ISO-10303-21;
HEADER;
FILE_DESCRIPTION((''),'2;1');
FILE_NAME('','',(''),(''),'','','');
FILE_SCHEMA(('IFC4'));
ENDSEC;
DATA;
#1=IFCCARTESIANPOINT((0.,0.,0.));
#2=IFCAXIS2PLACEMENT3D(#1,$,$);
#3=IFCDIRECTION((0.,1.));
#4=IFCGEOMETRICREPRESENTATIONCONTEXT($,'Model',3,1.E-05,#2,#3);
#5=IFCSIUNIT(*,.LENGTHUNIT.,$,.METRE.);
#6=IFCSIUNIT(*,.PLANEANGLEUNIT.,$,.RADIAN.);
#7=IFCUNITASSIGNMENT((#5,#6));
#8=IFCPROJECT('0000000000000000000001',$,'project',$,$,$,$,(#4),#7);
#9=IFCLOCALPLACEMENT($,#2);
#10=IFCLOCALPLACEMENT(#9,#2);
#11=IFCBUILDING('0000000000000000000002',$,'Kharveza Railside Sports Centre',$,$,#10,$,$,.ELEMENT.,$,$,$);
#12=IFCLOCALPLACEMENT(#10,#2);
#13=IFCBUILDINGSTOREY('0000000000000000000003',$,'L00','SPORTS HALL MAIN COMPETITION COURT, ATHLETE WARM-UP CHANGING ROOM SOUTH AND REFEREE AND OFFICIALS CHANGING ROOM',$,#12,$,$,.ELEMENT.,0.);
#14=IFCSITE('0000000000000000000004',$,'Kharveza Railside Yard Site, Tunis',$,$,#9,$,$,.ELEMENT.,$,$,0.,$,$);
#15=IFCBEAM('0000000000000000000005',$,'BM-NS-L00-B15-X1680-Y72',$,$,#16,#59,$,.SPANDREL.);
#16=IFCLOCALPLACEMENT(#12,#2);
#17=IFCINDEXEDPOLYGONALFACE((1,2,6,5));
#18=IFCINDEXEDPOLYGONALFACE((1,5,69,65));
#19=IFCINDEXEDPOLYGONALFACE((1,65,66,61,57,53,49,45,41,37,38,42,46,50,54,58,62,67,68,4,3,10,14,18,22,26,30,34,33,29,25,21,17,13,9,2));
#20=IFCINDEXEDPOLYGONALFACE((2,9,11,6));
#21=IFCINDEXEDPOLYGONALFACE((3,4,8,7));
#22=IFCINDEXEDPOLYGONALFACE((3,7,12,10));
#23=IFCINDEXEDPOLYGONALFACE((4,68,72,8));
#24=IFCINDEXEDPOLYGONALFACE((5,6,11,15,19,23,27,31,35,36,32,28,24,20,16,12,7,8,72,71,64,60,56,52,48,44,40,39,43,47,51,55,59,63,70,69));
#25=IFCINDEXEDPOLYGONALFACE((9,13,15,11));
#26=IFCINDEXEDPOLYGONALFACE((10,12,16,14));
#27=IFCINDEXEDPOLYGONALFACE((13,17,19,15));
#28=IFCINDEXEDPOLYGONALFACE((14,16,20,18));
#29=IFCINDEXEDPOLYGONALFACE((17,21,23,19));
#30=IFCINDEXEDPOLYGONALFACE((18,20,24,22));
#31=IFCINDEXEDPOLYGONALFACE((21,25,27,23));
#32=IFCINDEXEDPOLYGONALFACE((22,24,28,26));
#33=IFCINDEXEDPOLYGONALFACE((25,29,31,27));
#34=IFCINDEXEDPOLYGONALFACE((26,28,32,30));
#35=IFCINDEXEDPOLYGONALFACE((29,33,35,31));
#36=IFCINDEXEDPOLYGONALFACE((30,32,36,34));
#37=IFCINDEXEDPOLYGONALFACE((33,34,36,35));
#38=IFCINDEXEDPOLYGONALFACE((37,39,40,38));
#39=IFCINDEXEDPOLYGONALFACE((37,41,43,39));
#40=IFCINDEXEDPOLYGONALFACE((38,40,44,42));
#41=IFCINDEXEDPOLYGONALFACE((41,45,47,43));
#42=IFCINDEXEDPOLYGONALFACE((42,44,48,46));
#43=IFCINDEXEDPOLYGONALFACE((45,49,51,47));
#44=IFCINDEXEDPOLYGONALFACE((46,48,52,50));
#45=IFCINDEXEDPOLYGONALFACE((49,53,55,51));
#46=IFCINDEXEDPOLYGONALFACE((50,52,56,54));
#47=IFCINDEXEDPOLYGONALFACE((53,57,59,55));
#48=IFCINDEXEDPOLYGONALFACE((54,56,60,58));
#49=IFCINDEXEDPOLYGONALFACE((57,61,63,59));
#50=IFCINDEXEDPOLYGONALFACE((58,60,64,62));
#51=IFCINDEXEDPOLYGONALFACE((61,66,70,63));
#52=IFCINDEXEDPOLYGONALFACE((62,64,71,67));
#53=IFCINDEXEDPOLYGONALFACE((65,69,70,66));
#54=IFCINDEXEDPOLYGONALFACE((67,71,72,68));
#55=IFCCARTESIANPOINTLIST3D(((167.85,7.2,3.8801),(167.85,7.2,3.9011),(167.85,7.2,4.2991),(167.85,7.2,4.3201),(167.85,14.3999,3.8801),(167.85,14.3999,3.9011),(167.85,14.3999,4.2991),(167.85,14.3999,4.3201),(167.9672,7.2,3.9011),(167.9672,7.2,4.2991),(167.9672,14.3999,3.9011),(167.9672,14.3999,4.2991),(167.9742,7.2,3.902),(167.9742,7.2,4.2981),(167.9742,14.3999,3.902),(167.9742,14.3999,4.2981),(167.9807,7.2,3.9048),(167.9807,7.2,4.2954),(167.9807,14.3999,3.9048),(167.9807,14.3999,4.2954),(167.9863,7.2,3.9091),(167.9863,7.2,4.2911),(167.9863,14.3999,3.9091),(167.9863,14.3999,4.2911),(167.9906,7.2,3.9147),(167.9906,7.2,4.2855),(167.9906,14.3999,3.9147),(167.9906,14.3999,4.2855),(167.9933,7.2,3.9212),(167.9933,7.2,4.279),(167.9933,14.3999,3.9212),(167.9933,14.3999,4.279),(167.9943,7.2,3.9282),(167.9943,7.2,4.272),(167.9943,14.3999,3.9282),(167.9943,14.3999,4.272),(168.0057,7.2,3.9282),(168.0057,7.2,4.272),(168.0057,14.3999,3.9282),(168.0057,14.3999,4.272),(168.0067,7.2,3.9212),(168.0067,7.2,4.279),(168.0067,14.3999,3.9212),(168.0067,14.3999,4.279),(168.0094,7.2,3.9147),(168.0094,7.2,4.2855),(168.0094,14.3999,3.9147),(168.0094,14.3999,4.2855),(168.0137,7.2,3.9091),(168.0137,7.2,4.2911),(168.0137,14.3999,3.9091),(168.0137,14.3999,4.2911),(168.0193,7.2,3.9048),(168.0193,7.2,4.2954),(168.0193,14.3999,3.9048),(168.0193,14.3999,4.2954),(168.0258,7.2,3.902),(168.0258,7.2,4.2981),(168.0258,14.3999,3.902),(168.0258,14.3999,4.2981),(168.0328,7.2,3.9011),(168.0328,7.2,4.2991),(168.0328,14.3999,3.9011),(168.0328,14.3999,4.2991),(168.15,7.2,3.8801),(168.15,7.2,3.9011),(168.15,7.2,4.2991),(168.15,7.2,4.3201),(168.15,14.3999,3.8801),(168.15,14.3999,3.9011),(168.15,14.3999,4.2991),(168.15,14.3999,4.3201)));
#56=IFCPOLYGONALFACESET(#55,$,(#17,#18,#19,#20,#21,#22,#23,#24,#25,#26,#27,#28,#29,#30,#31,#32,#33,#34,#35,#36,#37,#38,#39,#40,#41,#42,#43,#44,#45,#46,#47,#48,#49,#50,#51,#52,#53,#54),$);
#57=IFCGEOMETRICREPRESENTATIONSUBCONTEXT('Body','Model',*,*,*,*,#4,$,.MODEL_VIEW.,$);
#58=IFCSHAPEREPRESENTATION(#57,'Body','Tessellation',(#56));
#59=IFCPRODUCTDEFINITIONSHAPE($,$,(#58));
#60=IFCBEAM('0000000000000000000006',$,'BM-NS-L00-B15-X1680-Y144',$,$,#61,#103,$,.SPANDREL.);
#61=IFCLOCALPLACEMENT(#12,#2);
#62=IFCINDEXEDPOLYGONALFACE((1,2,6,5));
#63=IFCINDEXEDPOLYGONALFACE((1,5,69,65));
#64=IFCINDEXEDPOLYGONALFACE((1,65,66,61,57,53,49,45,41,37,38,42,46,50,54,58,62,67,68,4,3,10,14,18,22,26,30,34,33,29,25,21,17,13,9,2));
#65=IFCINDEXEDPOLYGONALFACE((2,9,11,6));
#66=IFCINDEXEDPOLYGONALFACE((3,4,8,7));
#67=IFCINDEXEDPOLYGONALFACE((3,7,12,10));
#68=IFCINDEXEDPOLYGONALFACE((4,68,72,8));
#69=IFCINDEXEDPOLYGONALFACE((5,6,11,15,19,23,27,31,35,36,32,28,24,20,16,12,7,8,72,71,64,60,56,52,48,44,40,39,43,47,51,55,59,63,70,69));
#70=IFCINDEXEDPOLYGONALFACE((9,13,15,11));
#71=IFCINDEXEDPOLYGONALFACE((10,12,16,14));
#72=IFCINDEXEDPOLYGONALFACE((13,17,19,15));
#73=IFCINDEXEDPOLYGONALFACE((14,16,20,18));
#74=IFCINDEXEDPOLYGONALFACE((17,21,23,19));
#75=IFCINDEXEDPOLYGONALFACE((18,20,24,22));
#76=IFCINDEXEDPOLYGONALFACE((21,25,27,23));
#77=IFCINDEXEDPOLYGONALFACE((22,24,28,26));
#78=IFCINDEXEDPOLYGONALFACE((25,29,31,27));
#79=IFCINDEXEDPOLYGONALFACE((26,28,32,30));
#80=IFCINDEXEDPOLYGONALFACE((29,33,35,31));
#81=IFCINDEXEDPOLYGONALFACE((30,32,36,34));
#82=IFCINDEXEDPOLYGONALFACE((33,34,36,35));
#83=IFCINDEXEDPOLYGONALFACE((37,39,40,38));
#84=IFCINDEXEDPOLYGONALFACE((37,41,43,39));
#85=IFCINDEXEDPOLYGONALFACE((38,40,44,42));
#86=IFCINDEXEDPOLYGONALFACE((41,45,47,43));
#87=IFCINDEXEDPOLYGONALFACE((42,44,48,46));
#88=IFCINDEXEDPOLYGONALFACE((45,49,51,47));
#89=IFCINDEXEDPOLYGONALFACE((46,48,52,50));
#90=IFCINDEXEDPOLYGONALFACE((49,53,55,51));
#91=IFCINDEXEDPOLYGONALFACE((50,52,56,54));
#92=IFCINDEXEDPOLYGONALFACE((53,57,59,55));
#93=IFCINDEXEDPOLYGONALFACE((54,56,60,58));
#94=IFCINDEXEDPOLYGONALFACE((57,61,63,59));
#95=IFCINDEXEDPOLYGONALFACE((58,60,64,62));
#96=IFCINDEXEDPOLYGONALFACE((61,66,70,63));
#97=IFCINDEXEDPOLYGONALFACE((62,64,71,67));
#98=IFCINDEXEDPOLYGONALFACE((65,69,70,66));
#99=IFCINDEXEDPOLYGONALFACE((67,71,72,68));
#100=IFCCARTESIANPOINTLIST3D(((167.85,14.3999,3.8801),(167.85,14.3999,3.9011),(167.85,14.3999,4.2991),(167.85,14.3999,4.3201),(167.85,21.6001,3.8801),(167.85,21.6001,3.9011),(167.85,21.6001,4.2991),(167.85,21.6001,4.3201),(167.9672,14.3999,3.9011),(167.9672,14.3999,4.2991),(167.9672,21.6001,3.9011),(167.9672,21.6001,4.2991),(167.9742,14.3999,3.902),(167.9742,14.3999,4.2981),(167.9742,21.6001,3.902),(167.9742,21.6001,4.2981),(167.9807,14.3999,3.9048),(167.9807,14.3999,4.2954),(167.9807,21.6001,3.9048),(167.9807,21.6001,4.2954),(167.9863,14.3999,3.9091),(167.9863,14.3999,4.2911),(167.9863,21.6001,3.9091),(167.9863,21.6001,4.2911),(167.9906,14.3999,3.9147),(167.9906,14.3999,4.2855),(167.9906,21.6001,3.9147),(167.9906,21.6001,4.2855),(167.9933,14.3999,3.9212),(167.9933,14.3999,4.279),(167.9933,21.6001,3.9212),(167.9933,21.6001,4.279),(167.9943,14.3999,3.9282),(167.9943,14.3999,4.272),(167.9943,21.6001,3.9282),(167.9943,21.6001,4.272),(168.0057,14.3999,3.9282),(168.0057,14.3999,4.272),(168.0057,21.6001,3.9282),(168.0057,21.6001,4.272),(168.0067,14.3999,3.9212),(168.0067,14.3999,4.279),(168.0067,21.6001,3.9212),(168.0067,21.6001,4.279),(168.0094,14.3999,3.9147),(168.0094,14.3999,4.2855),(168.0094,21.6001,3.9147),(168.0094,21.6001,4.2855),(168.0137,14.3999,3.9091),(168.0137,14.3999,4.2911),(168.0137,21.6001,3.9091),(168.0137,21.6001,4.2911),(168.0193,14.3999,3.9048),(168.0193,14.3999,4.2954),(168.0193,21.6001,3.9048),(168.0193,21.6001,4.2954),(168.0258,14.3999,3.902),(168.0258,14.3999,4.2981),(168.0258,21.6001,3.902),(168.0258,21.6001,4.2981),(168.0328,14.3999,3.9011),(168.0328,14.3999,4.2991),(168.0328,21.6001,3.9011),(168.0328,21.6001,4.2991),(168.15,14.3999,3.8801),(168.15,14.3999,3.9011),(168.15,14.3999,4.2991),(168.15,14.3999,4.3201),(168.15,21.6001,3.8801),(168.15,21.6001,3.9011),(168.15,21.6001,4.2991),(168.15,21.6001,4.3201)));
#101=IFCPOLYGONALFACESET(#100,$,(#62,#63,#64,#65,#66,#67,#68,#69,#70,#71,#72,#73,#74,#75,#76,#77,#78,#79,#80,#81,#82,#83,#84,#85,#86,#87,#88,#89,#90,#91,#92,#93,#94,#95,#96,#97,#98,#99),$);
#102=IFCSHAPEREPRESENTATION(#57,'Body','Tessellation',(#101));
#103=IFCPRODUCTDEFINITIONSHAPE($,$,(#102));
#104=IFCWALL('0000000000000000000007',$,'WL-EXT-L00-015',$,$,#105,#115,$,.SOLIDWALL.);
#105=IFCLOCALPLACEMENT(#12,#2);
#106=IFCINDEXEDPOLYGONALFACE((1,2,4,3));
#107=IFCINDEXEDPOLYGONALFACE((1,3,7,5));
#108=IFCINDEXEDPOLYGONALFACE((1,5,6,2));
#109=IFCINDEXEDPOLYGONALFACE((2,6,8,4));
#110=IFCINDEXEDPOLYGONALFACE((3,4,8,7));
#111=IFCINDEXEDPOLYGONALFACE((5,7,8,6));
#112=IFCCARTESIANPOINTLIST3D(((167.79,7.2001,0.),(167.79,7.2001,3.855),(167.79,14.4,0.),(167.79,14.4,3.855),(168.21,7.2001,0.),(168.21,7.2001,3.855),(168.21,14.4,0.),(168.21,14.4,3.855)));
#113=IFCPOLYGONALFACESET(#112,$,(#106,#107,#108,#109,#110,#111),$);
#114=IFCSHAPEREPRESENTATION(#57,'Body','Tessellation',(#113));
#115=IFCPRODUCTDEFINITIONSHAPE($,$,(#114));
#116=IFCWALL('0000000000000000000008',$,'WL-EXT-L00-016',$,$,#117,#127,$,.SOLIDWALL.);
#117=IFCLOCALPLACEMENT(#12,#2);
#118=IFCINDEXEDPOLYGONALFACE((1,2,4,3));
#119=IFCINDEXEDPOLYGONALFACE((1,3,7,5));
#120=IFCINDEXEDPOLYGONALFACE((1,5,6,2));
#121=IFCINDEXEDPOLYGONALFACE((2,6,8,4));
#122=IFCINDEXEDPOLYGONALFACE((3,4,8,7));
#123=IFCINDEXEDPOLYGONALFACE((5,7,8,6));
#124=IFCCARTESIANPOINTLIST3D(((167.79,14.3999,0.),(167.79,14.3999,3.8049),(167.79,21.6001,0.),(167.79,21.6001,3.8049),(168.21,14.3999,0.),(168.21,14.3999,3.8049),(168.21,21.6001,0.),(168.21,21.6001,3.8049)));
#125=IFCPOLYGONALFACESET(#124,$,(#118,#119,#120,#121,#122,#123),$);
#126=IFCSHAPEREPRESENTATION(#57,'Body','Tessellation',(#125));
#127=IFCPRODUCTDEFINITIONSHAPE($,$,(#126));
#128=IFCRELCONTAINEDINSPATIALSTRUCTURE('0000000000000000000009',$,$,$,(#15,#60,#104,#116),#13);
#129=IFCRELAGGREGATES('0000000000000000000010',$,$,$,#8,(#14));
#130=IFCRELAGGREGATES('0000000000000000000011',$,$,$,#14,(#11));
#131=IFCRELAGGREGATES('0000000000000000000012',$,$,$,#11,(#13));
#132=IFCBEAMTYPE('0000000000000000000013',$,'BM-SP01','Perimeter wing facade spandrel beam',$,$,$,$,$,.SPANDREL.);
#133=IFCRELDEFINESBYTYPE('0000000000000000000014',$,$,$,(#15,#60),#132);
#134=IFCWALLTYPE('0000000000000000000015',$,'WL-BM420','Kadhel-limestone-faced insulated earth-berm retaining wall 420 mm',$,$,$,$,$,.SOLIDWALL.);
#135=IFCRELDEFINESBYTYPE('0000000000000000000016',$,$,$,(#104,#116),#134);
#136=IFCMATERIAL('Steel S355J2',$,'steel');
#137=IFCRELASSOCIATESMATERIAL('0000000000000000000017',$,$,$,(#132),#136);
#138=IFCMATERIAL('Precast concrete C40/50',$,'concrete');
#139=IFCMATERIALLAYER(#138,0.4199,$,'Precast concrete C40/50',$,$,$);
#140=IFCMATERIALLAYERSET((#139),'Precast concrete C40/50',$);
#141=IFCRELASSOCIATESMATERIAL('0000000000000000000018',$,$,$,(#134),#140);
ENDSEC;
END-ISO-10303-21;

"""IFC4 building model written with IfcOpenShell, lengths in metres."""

from ifc_helpers import new_model, si_unit, direction, frame, frame_2d, origin, origin_2d, place, context, subcontext, project, spatial, rectangle, i_section, extrude, material, layer, layer_set, material_profile, profile_set, type_object, element, save


model = new_model("IFC4")

# Units and contexts
model_context = context("Model", 3, precision=1e-05, world=origin(), true_north=direction((0.0, 1.0)))
body_context = subcontext(model_context, "Body", "Model", "MODEL_VIEW")
ifc_project = project(units=[si_unit("LENGTHUNIT", "METRE"), si_unit("PLANEANGLEUNIT", "RADIAN")], contexts=[model_context])

# Site, building, storey
site_placement = place(None, origin())
site = spatial("IfcSite", under=ifc_project, at=site_placement, Name="Kharveza Railside Yard Site, Tunis", CompositionType="ELEMENT", RefElevation=0.0)
building_placement = place(site_placement, origin())
building = spatial("IfcBuilding", under=site, at=building_placement, Name="Kharveza Railside Sports Centre", CompositionType="ELEMENT")
storey_placement = place(building_placement, origin())
storey = spatial("IfcBuildingStorey", under=building, at=storey_placement, Name="L00", Description="SPORTS HALL MAIN COMPETITION COURT, ATHLETE WARM-UP CHANGING ROOM SOUTH AND REFEREE AND OFFICIALS CHANGING ROOM", CompositionType="ELEMENT", Elevation=0.0)

# Shared definitions
ifc_material_1 = material(Name="Steel S355J2", Category="steel")

# Beams
ifc_material_2 = material(Name="Precast concrete C40/50", Category="concrete")
ifc_material_profile_1 = material_profile(ifc_material_1, i_section(OverallWidth=0.3, OverallDepth=0.4399, WebThickness=0.0115, FlangeThickness=0.021, FilletRadius=0.0271, at=origin_2d()), Name="HEA 450")
ifc_profile_set_1 = profile_set([ifc_material_profile_1], Name="Steel S355J2")
beam_type_1 = type_object("IfcBeamType", Name="BM-SP01", Description="Perimeter wing facade spandrel beam", PredefinedType="SPANDREL", material=ifc_profile_set_1)
beam_1_placement = place(storey_placement, frame((168.0, 7.2, 4.1001), z_axis=(0.0, 1.0, 0.0), x_axis=(-1.0, 0.0, 0.0)))
element("IfcBeam", 1, at=beam_1_placement, inside=storey, type_object=beam_type_1, Name="BM-NS-L00-B15-X1680-Y72", PredefinedType="SPANDREL", context=body_context, shape_type="SweptSolid", body=[
    extrude(i_section(OverallWidth=0.3, OverallDepth=0.4399, WebThickness=0.0115, FlangeThickness=0.021, FilletRadius=0.0271, at=origin_2d()), origin(), (0.0, 0.0, 1.0), 7.2),
])
beam_2_placement = place(storey_placement, frame((168.0, 14.3999, 4.1001), z_axis=(0.0, 1.0, 0.0), x_axis=(-1.0, 0.0, 0.0)))
element("IfcBeam", 2, at=beam_2_placement, inside=storey, type_object=beam_type_1, Name="BM-NS-L00-B15-X1680-Y144", PredefinedType="SPANDREL", context=body_context, shape_type="SweptSolid", body=[
    extrude(i_section(OverallWidth=0.3, OverallDepth=0.4399, WebThickness=0.0115, FlangeThickness=0.021, FilletRadius=0.0271, at=origin_2d()), origin(), (0.0, 0.0, 1.0), 7.2002),
])

# Walls
ifc_layer = layer(ifc_material_2, 0.4199, Name="Precast concrete C40/50")
ifc_layer_set = layer_set([ifc_layer], Name="Precast concrete C40/50")
wall_type = type_object("IfcWallType", Name="WL-BM420", Description="Kadhel-limestone-faced insulated earth-berm retaining wall 420 mm", PredefinedType="SOLIDWALL", material=ifc_layer_set)
wall_1_placement = place(storey_placement, frame((168.0, 7.2, 0.0), z_axis=(0.0, 0.0, 1.0), x_axis=(0.0, 1.0, 0.0)))
element("IfcWall", 3, at=wall_1_placement, inside=storey, type_object=wall_type, Name="WL-EXT-L00-015", PredefinedType="SOLIDWALL", context=body_context, shape_type="SweptSolid", body=[
    extrude(rectangle(XDim=7.2, YDim=0.4199, at=frame_2d((3.6001, 0.0))), origin(), (0.0, 0.0, 1.0), 3.855),
])
wall_2_placement = place(storey_placement, frame((168.0, 14.3999, 0.0), z_axis=(0.0, 0.0, 1.0), x_axis=(0.0, 1.0, 0.0)))
element("IfcWall", 4, at=wall_2_placement, inside=storey, type_object=wall_type, Name="WL-EXT-L00-016", PredefinedType="SOLIDWALL", context=body_context, shape_type="SweptSolid", body=[
    extrude(rectangle(XDim=7.2002, YDim=0.4199, at=frame_2d((3.6001, 0.0))), origin(), (0.0, 0.0, 1.0), 3.8049),
])

save(model, "model.ifc")
